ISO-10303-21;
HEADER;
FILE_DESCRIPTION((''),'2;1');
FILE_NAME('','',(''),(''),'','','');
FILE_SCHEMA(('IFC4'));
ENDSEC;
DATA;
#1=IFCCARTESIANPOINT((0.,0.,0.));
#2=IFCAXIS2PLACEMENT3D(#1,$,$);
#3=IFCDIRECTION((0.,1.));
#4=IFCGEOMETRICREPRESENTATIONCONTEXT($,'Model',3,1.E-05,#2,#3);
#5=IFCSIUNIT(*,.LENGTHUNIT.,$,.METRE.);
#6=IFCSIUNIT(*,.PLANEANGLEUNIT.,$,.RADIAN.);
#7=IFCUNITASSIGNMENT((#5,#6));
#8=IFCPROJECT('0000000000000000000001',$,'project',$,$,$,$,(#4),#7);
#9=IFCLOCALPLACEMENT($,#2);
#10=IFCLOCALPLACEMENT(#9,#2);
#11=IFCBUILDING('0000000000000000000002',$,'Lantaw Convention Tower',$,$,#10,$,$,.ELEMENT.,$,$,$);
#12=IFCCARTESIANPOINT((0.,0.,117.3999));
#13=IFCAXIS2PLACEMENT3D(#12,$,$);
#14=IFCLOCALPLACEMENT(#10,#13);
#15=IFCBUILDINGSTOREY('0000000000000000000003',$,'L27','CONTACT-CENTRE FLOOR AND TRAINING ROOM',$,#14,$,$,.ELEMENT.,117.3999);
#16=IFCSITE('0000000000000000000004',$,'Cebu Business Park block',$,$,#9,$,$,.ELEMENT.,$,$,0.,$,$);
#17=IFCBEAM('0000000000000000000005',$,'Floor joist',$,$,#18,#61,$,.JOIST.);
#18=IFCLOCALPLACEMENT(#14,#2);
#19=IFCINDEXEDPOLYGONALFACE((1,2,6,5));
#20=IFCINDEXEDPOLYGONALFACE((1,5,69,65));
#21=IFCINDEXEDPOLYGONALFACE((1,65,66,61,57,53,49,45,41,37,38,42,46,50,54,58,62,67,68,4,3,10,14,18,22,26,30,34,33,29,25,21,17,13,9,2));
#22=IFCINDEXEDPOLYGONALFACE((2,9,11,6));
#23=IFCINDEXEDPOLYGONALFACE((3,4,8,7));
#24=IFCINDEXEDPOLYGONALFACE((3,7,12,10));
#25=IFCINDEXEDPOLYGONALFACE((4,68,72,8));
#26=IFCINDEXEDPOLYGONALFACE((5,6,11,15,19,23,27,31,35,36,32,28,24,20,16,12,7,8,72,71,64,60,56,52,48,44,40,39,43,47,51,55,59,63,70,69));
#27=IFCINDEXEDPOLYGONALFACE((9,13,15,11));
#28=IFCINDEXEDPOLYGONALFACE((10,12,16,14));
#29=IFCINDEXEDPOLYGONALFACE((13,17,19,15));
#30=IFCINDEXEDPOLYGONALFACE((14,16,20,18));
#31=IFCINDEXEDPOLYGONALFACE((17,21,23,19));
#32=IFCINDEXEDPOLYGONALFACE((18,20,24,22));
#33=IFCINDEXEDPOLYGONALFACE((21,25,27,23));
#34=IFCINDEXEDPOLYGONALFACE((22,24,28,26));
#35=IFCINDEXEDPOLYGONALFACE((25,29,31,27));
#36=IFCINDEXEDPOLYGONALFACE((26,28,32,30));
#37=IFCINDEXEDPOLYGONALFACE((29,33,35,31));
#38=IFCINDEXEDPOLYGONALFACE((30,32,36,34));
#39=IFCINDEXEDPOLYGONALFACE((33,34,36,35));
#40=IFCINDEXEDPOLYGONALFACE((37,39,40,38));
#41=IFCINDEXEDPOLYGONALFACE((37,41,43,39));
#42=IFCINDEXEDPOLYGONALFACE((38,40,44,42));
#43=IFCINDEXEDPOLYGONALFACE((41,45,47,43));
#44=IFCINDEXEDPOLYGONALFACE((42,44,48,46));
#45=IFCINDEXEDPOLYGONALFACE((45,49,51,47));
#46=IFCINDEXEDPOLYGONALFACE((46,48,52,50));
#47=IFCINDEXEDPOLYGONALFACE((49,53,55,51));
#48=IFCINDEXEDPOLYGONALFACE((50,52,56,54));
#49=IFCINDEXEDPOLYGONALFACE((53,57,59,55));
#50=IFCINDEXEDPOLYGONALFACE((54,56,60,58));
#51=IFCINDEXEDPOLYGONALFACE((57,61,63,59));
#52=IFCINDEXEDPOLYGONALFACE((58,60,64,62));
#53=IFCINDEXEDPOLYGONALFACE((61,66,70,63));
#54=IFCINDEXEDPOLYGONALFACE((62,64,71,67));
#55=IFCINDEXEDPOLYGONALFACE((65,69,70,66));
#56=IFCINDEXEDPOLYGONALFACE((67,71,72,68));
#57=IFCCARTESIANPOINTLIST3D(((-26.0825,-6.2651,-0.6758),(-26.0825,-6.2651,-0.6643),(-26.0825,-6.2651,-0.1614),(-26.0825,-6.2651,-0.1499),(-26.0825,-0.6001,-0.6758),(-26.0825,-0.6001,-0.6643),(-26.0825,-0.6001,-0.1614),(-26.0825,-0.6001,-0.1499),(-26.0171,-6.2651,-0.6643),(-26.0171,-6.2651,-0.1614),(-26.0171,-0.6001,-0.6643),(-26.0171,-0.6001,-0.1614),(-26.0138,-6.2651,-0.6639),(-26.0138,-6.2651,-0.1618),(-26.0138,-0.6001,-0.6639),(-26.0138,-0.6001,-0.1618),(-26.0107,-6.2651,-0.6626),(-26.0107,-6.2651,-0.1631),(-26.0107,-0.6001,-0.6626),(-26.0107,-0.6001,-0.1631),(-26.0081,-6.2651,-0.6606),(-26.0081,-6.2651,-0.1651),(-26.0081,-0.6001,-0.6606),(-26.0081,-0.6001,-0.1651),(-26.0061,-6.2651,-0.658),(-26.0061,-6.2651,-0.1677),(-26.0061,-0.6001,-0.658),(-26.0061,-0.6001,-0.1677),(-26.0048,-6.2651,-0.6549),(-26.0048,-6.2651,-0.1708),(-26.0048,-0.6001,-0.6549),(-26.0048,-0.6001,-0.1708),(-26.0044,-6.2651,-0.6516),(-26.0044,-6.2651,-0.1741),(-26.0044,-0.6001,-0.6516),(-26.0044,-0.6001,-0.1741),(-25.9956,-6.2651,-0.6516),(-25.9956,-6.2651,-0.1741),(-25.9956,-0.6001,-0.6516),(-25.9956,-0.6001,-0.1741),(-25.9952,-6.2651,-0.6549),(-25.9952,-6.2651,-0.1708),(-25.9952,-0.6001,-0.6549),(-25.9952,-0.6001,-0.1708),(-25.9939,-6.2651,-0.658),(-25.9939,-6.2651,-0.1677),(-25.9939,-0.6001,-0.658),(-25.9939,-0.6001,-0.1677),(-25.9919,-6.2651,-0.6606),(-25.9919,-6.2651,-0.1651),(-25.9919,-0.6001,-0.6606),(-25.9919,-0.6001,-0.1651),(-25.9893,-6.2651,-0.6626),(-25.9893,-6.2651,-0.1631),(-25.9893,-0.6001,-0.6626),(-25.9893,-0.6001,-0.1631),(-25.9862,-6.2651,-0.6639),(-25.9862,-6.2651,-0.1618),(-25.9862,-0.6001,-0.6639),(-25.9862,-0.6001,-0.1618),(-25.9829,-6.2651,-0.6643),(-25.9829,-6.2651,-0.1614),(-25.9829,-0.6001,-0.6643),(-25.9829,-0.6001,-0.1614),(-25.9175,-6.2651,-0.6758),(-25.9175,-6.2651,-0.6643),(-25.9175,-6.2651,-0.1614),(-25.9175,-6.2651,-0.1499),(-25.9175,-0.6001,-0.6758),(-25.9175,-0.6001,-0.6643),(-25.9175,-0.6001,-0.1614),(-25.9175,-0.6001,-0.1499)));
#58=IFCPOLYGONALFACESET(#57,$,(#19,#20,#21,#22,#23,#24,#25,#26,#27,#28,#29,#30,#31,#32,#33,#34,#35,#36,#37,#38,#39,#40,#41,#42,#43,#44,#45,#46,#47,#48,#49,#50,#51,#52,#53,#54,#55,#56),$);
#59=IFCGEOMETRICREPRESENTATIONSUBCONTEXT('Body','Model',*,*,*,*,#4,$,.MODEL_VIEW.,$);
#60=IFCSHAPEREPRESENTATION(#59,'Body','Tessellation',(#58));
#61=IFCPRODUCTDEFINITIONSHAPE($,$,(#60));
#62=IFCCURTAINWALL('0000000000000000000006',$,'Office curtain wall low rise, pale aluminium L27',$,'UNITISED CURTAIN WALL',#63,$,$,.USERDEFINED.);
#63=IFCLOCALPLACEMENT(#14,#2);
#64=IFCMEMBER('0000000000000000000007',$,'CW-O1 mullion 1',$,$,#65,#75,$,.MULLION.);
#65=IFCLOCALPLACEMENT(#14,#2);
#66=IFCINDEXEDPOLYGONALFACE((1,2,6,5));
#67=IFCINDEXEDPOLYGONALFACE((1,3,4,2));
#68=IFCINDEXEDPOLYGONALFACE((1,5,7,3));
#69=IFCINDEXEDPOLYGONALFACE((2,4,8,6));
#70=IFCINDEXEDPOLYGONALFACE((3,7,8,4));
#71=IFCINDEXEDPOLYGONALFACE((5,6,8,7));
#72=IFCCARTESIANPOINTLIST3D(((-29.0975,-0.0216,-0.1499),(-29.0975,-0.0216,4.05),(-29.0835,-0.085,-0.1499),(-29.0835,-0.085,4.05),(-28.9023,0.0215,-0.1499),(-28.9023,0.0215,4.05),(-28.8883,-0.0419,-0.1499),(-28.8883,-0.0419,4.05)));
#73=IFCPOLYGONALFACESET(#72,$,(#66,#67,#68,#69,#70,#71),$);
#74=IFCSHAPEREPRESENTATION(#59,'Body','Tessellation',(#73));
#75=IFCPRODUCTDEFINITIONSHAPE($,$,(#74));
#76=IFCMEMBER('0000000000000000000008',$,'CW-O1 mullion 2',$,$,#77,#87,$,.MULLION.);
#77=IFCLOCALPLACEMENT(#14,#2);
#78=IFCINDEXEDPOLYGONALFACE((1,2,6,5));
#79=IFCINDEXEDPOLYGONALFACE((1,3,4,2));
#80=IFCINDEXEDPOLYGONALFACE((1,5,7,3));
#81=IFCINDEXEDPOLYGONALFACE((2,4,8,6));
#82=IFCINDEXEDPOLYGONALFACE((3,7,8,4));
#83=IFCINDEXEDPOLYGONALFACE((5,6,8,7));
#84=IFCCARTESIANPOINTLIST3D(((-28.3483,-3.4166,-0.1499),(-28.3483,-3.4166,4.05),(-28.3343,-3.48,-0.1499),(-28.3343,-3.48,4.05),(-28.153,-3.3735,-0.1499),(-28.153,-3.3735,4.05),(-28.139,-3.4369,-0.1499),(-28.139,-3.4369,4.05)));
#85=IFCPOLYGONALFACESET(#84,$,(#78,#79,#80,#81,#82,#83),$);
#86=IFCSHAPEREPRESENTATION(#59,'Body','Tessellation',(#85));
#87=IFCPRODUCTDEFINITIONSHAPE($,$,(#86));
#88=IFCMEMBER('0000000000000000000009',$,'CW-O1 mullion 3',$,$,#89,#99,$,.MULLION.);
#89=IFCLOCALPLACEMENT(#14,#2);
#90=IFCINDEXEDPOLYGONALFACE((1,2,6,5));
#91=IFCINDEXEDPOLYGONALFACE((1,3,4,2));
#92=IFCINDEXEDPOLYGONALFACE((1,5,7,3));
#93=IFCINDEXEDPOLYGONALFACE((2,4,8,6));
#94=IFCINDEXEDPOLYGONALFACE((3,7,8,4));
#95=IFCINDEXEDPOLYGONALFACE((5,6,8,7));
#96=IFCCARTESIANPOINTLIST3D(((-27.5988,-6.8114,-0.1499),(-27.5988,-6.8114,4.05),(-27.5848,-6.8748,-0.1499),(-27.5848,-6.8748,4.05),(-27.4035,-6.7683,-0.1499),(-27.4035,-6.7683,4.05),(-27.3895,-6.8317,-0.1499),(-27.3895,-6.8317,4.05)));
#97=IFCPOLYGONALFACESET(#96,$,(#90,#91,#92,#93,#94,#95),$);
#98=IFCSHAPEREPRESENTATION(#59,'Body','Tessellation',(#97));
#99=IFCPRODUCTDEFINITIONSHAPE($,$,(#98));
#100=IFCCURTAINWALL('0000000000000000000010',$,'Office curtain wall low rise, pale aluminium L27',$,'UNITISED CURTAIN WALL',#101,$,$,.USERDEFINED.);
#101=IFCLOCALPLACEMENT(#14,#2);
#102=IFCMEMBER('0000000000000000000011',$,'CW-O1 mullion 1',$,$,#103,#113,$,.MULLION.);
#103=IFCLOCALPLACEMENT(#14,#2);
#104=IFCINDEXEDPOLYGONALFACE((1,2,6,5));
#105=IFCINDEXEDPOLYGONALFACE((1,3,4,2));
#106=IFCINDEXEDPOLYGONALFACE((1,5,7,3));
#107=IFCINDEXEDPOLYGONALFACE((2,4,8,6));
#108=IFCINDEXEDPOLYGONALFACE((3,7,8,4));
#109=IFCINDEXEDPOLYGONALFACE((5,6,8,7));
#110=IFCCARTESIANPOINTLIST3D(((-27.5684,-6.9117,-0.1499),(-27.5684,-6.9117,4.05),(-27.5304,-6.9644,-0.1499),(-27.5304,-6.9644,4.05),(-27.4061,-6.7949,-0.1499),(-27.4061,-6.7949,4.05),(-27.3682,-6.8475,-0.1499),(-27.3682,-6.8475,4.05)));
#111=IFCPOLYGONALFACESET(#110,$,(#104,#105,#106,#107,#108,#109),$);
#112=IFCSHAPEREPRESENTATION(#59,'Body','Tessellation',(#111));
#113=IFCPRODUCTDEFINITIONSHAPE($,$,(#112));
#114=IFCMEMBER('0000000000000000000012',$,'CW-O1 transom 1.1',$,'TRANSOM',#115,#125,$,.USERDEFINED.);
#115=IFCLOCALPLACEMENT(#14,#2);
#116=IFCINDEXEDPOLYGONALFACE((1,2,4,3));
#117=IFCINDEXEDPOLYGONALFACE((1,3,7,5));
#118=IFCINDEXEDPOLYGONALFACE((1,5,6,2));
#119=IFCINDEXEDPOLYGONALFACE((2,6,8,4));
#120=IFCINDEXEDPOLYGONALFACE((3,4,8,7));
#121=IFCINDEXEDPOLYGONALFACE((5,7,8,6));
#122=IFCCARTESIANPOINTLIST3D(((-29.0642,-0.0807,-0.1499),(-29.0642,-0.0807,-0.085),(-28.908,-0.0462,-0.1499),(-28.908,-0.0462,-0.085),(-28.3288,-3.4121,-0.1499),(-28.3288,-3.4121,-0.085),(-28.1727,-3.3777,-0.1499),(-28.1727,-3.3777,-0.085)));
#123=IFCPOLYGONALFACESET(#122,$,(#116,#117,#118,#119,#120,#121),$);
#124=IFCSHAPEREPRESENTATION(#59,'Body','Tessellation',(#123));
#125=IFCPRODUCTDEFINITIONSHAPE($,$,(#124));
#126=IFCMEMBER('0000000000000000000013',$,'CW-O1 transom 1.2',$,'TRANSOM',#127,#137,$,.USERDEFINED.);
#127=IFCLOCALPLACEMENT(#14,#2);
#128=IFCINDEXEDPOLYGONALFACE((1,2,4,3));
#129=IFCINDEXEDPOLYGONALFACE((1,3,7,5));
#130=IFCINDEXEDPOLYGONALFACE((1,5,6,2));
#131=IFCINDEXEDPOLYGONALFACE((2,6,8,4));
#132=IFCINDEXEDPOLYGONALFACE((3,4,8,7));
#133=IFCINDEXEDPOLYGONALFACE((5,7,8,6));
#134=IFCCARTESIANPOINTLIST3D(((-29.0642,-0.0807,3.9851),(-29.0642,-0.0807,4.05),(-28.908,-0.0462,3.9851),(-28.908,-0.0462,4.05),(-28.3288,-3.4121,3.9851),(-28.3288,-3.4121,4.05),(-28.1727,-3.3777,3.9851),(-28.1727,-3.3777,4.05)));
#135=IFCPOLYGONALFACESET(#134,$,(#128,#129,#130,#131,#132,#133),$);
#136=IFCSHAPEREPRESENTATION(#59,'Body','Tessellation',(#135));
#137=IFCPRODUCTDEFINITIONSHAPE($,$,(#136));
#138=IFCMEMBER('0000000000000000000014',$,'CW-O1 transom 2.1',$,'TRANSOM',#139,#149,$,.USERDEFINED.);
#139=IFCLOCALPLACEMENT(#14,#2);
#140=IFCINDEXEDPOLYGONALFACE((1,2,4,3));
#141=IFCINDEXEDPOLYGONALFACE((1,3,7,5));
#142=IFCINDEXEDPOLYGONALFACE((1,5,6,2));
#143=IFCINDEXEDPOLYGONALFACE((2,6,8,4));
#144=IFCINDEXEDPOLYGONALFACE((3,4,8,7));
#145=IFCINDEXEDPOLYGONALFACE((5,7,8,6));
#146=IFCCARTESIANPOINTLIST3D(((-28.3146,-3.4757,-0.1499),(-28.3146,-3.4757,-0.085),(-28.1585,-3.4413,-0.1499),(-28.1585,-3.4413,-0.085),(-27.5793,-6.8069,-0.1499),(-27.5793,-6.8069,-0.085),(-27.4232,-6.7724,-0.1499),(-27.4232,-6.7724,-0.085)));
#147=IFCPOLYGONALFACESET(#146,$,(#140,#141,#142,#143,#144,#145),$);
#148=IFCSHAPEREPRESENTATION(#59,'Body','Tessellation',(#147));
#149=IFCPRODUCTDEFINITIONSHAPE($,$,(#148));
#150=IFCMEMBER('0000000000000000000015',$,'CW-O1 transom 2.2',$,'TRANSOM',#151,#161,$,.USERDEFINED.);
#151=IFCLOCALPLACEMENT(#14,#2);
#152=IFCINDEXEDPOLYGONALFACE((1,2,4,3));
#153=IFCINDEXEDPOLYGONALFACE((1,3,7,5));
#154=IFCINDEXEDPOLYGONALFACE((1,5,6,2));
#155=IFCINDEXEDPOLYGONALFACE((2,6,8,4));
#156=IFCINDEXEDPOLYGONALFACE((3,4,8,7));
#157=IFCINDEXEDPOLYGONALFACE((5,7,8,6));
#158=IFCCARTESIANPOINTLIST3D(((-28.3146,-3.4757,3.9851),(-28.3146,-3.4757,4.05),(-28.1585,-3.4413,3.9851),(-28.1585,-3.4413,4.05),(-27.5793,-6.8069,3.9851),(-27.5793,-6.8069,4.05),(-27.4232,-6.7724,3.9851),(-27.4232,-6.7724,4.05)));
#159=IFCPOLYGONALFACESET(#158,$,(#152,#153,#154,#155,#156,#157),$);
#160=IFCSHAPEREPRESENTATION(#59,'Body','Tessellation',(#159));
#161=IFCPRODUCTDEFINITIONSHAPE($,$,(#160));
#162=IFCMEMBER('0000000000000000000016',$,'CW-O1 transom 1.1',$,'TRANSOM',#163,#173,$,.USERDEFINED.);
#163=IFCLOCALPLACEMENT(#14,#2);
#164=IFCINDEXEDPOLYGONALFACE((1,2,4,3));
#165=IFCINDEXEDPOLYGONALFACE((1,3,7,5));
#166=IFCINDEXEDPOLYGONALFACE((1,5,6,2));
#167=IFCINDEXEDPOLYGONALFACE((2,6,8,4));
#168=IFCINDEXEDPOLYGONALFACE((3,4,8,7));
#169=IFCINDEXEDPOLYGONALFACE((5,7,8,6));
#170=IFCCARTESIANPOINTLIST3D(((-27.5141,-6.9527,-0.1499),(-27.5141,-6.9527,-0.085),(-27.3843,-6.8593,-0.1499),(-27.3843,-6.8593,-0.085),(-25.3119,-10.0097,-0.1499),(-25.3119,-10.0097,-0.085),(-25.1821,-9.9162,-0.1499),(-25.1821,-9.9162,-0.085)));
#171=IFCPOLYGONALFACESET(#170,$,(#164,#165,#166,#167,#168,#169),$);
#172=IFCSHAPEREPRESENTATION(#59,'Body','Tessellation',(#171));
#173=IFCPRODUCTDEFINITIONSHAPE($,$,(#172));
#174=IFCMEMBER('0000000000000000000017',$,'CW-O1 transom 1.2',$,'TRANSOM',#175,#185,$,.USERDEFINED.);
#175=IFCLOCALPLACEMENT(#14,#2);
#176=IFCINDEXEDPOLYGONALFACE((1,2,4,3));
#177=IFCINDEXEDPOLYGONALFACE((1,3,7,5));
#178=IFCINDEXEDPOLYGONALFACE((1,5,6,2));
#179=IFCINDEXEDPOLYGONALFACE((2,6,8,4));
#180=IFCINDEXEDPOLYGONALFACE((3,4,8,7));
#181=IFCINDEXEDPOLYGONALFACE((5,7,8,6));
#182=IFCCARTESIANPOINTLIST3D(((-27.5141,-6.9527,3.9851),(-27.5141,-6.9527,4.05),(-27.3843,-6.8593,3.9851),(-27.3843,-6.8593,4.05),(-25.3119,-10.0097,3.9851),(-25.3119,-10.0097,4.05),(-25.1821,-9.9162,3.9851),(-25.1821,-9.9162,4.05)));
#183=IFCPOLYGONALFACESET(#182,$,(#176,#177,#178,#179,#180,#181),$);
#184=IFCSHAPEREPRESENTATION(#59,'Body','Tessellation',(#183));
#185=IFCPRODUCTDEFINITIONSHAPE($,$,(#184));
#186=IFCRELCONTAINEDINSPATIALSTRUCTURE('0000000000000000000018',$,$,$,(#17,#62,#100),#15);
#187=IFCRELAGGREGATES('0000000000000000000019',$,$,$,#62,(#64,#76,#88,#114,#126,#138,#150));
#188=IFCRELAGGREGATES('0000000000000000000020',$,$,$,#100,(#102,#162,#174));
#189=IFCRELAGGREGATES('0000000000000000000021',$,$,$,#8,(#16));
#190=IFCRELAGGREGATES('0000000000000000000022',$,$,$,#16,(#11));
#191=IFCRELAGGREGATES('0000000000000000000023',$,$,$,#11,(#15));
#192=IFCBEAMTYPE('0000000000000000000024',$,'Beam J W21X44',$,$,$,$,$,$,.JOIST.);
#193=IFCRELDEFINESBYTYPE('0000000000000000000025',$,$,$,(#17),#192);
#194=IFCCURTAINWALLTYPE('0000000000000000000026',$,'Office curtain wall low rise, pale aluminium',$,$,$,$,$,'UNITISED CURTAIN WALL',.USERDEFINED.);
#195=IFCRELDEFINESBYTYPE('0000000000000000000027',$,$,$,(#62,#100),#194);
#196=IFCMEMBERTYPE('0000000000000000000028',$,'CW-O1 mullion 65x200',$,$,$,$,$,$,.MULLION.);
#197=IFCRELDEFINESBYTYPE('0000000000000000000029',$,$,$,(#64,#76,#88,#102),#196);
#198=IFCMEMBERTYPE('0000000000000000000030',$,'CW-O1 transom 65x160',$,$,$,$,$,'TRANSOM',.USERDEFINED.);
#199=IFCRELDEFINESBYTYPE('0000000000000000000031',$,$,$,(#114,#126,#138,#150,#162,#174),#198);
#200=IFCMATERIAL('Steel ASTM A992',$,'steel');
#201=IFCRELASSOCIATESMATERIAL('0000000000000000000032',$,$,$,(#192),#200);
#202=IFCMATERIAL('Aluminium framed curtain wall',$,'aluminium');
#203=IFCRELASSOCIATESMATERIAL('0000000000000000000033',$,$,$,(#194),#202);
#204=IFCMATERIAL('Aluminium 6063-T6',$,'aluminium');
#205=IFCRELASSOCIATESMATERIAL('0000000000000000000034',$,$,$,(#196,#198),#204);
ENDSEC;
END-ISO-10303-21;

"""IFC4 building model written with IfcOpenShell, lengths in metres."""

from ifc_helpers import new_model, si_unit, direction, frame, origin, origin_2d, place, context, subcontext, project, spatial, rectangle, i_section, extrude, material, material_profile, profile_set, type_object, element, aggregate, save


model = new_model("IFC4")

# Units and contexts
model_context = context("Model", 3, precision=1e-05, world=origin(), true_north=direction((0.0, 1.0)))
body_context = subcontext(model_context, "Body", "Model", "MODEL_VIEW")
ifc_project = project(units=[si_unit("LENGTHUNIT", "METRE"), si_unit("PLANEANGLEUNIT", "RADIAN")], contexts=[model_context])

# Site, building, storey
site_placement = place(None, origin())
site = spatial("IfcSite", under=ifc_project, at=site_placement, Name="Cebu Business Park block", CompositionType="ELEMENT", RefElevation=0.0)
building_placement = place(site_placement, origin())
building = spatial("IfcBuilding", under=site, at=building_placement, Name="Lantaw Convention Tower", CompositionType="ELEMENT")
storey_placement = place(building_placement, frame((0.0, 0.0, 117.3999)))
storey = spatial("IfcBuildingStorey", under=building, at=storey_placement, Name="L27", Description="CONTACT-CENTRE FLOOR AND TRAINING ROOM", CompositionType="ELEMENT", Elevation=117.3999)

# Beam
ifc_material_1 = material(Name="Steel ASTM A992", Category="steel")
ifc_material_profile_1 = material_profile(ifc_material_1, i_section(OverallWidth=0.165, OverallDepth=0.5259, WebThickness=0.0088, FlangeThickness=0.0115, FilletRadius=0.0127, at=origin_2d()), Name="W21X44")
ifc_profile_set_1 = profile_set([ifc_material_profile_1], Name="Steel ASTM A992")
beam_type_1 = type_object("IfcBeamType", Name="Beam J W21X44", PredefinedType="JOIST", material=ifc_profile_set_1)
beam_1_placement = place(storey_placement, frame((-26.0, -6.2651, -0.4128), z_axis=(0.0, 1.0, 0.0), x_axis=(-1.0, 0.0, 0.0)))
element("IfcBeam", 1, at=beam_1_placement, inside=storey, type_object=beam_type_1, Name="Floor joist", PredefinedType="JOIST", context=body_context, shape_type="SweptSolid", body=[
    extrude(i_section(OverallWidth=0.165, OverallDepth=0.5259, WebThickness=0.0088, FlangeThickness=0.0115, FilletRadius=0.0127, at=origin_2d()), origin(), (0.0, 0.0, 1.0), 5.665),
])

# Curtain wall, members
ifc_material_2 = material(Name="Aluminium framed curtain wall", Category="aluminium")
curtain_wall_type = type_object("IfcCurtainWallType", Name="Office curtain wall low rise, pale aluminium", ElementType="UNITISED CURTAIN WALL", PredefinedType="USERDEFINED", material=ifc_material_2)
curtain_wall_1_placement = place(storey_placement, origin())
curtain_wall_1 = element("IfcCurtainWall", 2, at=curtain_wall_1_placement, inside=storey, type_object=curtain_wall_type, Name="Office curtain wall low rise, pale aluminium L27", ObjectType="UNITISED CURTAIN WALL", PredefinedType="USERDEFINED")
ifc_material_3 = material(Name="Aluminium 6063-T6", Category="aluminium")
ifc_material_profile_2 = material_profile(ifc_material_3, rectangle(XDim=0.2, YDim=0.0649, at=origin_2d()), Name="CW-O1 mullion 65x200")
ifc_profile_set_2 = profile_set([ifc_material_profile_2], Name="Aluminium 6063-T6")
member_type_1 = type_object("IfcMemberType", Name="CW-O1 mullion 65x200", PredefinedType="MULLION", material=ifc_profile_set_2)
member_1_placement = place(storey_placement, frame((-28.9929, -0.0317, -0.1499), z_axis=(0.0, 0.0, 1.0), x_axis=(0.976494, 0.215546, 0.0)))
member_1 = element("IfcMember", 3, at=member_1_placement, type_object=member_type_1, Name="CW-O1 mullion 1", PredefinedType="MULLION", context=body_context, shape_type="SweptSolid", body=[
    extrude(rectangle(XDim=0.2, YDim=0.0649, at=origin_2d()), origin(), (0.0, 0.0, 1.0), 4.2),
])
member_2_placement = place(storey_placement, frame((-28.2437, -3.4268, -0.1499), z_axis=(0.0, 0.0, 1.0), x_axis=(0.976494, 0.215546, 0.0)))
member_2 = element("IfcMember", 4, at=member_2_placement, type_object=member_type_1, Name="CW-O1 mullion 2", PredefinedType="MULLION", context=body_context, shape_type="SweptSolid", body=[
    extrude(rectangle(XDim=0.2, YDim=0.0649, at=origin_2d()), origin(), (0.0, 0.0, 1.0), 4.2),
])
member_3_placement = place(storey_placement, frame((-27.4941, -6.8215, -0.1499), z_axis=(0.0, 0.0, 1.0), x_axis=(0.976494, 0.215546, 0.0)))
member_3 = element("IfcMember", 5, at=member_3_placement, type_object=member_type_1, Name="CW-O1 mullion 3", PredefinedType="MULLION", context=body_context, shape_type="SweptSolid", body=[
    extrude(rectangle(XDim=0.2, YDim=0.0649, at=origin_2d()), origin(), (0.0, 0.0, 1.0), 4.2),
])

# Curtain wall, member
curtain_wall_2_placement = place(storey_placement, origin())
curtain_wall_2 = element("IfcCurtainWall", 6, at=curtain_wall_2_placement, inside=storey, type_object=curtain_wall_type, Name="Office curtain wall low rise, pale aluminium L27", ObjectType="UNITISED CURTAIN WALL", PredefinedType="USERDEFINED")
member_4_placement = place(storey_placement, frame((-27.4683, -6.8796, -0.1499), z_axis=(0.0, 0.0, 1.0), x_axis=(0.811385, 0.584513, 0.0)))
member_4 = element("IfcMember", 7, at=member_4_placement, type_object=member_type_1, Name="CW-O1 mullion 1", PredefinedType="MULLION", context=body_context, shape_type="SweptSolid", body=[
    extrude(rectangle(XDim=0.2, YDim=0.0649, at=origin_2d()), origin(), (0.0, 0.0, 1.0), 4.2),
])

# Members
ifc_material_profile_3 = material_profile(ifc_material_3, rectangle(XDim=0.1599, YDim=0.0649, at=origin_2d()), Name="CW-O1 transom 65x160")
ifc_profile_set_3 = profile_set([ifc_material_profile_3], Name="Aluminium 6063-T6")
member_type_2 = type_object("IfcMemberType", Name="CW-O1 transom 65x160", ElementType="TRANSOM", PredefinedType="USERDEFINED", material=ifc_profile_set_3)
member_5_placement = place(storey_placement, frame((-28.9861, -0.0635, -0.1174), z_axis=(0.215536, -0.976496, 0.0), x_axis=(0.976496, 0.215536, 0.0)))
member_5 = element("IfcMember", 8, at=member_5_placement, type_object=member_type_2, Name="CW-O1 transom 1.1", ObjectType="TRANSOM", PredefinedType="USERDEFINED", context=body_context, shape_type="SweptSolid", body=[
    extrude(rectangle(XDim=0.1599, YDim=0.0649, at=origin_2d()), origin(), (0.0, 0.0, 1.0), 3.4116),
])
member_6_placement = place(storey_placement, frame((-28.9861, -0.0635, 4.0176), z_axis=(0.215536, -0.976496, 0.0), x_axis=(0.976496, 0.215536, 0.0)))
member_6 = element("IfcMember", 9, at=member_6_placement, type_object=member_type_2, Name="CW-O1 transom 1.2", ObjectType="TRANSOM", PredefinedType="USERDEFINED", context=body_context, shape_type="SweptSolid", body=[
    extrude(rectangle(XDim=0.1599, YDim=0.0649, at=origin_2d()), origin(), (0.0, 0.0, 1.0), 3.4116),
])
member_7_placement = place(storey_placement, frame((-28.2366, -3.4585, -0.1174), z_axis=(0.215551, -0.976493, 0.0), x_axis=(0.976493, 0.215551, 0.0)))
member_7 = element("IfcMember", 10, at=member_7_placement, type_object=member_type_2, Name="CW-O1 transom 2.1", ObjectType="TRANSOM", PredefinedType="USERDEFINED", context=body_context, shape_type="SweptSolid", body=[
    extrude(rectangle(XDim=0.1599, YDim=0.0649, at=origin_2d()), origin(), (0.0, 0.0, 1.0), 3.4114),
])
member_8_placement = place(storey_placement, frame((-28.2366, -3.4585, 4.0176), z_axis=(0.215551, -0.976493, 0.0), x_axis=(0.976493, 0.215551, 0.0)))
member_8 = element("IfcMember", 11, at=member_8_placement, type_object=member_type_2, Name="CW-O1 transom 2.2", ObjectType="TRANSOM", PredefinedType="USERDEFINED", context=body_context, shape_type="SweptSolid", body=[
    extrude(rectangle(XDim=0.1599, YDim=0.0649, at=origin_2d()), origin(), (0.0, 0.0, 1.0), 3.4114),
])
member_9_placement = place(storey_placement, frame((-27.4492, -6.906, -0.1174), z_axis=(0.584513, -0.811384, 0.0), x_axis=(0.811384, 0.584513, 0.0)))
member_9 = element("IfcMember", 12, at=member_9_placement, type_object=member_type_2, Name="CW-O1 transom 1.1", ObjectType="TRANSOM", PredefinedType="USERDEFINED", context=body_context, shape_type="SweptSolid", body=[
    extrude(rectangle(XDim=0.1599, YDim=0.0649, at=origin_2d()), origin(), (0.0, 0.0, 1.0), 3.7676),
])
member_10_placement = place(storey_placement, frame((-27.4492, -6.906, 4.0176), z_axis=(0.584513, -0.811384, 0.0), x_axis=(0.811384, 0.584513, 0.0)))
member_10 = element("IfcMember", 13, at=member_10_placement, type_object=member_type_2, Name="CW-O1 transom 1.2", ObjectType="TRANSOM", PredefinedType="USERDEFINED", context=body_context, shape_type="SweptSolid", body=[
    extrude(rectangle(XDim=0.1599, YDim=0.0649, at=origin_2d()), origin(), (0.0, 0.0, 1.0), 3.7676),
])

aggregate(curtain_wall_1, [member_1, member_2, member_3, member_5, member_6, member_7, member_8])
aggregate(curtain_wall_2, [member_4, member_9, member_10])

save(model, "model.ifc")
